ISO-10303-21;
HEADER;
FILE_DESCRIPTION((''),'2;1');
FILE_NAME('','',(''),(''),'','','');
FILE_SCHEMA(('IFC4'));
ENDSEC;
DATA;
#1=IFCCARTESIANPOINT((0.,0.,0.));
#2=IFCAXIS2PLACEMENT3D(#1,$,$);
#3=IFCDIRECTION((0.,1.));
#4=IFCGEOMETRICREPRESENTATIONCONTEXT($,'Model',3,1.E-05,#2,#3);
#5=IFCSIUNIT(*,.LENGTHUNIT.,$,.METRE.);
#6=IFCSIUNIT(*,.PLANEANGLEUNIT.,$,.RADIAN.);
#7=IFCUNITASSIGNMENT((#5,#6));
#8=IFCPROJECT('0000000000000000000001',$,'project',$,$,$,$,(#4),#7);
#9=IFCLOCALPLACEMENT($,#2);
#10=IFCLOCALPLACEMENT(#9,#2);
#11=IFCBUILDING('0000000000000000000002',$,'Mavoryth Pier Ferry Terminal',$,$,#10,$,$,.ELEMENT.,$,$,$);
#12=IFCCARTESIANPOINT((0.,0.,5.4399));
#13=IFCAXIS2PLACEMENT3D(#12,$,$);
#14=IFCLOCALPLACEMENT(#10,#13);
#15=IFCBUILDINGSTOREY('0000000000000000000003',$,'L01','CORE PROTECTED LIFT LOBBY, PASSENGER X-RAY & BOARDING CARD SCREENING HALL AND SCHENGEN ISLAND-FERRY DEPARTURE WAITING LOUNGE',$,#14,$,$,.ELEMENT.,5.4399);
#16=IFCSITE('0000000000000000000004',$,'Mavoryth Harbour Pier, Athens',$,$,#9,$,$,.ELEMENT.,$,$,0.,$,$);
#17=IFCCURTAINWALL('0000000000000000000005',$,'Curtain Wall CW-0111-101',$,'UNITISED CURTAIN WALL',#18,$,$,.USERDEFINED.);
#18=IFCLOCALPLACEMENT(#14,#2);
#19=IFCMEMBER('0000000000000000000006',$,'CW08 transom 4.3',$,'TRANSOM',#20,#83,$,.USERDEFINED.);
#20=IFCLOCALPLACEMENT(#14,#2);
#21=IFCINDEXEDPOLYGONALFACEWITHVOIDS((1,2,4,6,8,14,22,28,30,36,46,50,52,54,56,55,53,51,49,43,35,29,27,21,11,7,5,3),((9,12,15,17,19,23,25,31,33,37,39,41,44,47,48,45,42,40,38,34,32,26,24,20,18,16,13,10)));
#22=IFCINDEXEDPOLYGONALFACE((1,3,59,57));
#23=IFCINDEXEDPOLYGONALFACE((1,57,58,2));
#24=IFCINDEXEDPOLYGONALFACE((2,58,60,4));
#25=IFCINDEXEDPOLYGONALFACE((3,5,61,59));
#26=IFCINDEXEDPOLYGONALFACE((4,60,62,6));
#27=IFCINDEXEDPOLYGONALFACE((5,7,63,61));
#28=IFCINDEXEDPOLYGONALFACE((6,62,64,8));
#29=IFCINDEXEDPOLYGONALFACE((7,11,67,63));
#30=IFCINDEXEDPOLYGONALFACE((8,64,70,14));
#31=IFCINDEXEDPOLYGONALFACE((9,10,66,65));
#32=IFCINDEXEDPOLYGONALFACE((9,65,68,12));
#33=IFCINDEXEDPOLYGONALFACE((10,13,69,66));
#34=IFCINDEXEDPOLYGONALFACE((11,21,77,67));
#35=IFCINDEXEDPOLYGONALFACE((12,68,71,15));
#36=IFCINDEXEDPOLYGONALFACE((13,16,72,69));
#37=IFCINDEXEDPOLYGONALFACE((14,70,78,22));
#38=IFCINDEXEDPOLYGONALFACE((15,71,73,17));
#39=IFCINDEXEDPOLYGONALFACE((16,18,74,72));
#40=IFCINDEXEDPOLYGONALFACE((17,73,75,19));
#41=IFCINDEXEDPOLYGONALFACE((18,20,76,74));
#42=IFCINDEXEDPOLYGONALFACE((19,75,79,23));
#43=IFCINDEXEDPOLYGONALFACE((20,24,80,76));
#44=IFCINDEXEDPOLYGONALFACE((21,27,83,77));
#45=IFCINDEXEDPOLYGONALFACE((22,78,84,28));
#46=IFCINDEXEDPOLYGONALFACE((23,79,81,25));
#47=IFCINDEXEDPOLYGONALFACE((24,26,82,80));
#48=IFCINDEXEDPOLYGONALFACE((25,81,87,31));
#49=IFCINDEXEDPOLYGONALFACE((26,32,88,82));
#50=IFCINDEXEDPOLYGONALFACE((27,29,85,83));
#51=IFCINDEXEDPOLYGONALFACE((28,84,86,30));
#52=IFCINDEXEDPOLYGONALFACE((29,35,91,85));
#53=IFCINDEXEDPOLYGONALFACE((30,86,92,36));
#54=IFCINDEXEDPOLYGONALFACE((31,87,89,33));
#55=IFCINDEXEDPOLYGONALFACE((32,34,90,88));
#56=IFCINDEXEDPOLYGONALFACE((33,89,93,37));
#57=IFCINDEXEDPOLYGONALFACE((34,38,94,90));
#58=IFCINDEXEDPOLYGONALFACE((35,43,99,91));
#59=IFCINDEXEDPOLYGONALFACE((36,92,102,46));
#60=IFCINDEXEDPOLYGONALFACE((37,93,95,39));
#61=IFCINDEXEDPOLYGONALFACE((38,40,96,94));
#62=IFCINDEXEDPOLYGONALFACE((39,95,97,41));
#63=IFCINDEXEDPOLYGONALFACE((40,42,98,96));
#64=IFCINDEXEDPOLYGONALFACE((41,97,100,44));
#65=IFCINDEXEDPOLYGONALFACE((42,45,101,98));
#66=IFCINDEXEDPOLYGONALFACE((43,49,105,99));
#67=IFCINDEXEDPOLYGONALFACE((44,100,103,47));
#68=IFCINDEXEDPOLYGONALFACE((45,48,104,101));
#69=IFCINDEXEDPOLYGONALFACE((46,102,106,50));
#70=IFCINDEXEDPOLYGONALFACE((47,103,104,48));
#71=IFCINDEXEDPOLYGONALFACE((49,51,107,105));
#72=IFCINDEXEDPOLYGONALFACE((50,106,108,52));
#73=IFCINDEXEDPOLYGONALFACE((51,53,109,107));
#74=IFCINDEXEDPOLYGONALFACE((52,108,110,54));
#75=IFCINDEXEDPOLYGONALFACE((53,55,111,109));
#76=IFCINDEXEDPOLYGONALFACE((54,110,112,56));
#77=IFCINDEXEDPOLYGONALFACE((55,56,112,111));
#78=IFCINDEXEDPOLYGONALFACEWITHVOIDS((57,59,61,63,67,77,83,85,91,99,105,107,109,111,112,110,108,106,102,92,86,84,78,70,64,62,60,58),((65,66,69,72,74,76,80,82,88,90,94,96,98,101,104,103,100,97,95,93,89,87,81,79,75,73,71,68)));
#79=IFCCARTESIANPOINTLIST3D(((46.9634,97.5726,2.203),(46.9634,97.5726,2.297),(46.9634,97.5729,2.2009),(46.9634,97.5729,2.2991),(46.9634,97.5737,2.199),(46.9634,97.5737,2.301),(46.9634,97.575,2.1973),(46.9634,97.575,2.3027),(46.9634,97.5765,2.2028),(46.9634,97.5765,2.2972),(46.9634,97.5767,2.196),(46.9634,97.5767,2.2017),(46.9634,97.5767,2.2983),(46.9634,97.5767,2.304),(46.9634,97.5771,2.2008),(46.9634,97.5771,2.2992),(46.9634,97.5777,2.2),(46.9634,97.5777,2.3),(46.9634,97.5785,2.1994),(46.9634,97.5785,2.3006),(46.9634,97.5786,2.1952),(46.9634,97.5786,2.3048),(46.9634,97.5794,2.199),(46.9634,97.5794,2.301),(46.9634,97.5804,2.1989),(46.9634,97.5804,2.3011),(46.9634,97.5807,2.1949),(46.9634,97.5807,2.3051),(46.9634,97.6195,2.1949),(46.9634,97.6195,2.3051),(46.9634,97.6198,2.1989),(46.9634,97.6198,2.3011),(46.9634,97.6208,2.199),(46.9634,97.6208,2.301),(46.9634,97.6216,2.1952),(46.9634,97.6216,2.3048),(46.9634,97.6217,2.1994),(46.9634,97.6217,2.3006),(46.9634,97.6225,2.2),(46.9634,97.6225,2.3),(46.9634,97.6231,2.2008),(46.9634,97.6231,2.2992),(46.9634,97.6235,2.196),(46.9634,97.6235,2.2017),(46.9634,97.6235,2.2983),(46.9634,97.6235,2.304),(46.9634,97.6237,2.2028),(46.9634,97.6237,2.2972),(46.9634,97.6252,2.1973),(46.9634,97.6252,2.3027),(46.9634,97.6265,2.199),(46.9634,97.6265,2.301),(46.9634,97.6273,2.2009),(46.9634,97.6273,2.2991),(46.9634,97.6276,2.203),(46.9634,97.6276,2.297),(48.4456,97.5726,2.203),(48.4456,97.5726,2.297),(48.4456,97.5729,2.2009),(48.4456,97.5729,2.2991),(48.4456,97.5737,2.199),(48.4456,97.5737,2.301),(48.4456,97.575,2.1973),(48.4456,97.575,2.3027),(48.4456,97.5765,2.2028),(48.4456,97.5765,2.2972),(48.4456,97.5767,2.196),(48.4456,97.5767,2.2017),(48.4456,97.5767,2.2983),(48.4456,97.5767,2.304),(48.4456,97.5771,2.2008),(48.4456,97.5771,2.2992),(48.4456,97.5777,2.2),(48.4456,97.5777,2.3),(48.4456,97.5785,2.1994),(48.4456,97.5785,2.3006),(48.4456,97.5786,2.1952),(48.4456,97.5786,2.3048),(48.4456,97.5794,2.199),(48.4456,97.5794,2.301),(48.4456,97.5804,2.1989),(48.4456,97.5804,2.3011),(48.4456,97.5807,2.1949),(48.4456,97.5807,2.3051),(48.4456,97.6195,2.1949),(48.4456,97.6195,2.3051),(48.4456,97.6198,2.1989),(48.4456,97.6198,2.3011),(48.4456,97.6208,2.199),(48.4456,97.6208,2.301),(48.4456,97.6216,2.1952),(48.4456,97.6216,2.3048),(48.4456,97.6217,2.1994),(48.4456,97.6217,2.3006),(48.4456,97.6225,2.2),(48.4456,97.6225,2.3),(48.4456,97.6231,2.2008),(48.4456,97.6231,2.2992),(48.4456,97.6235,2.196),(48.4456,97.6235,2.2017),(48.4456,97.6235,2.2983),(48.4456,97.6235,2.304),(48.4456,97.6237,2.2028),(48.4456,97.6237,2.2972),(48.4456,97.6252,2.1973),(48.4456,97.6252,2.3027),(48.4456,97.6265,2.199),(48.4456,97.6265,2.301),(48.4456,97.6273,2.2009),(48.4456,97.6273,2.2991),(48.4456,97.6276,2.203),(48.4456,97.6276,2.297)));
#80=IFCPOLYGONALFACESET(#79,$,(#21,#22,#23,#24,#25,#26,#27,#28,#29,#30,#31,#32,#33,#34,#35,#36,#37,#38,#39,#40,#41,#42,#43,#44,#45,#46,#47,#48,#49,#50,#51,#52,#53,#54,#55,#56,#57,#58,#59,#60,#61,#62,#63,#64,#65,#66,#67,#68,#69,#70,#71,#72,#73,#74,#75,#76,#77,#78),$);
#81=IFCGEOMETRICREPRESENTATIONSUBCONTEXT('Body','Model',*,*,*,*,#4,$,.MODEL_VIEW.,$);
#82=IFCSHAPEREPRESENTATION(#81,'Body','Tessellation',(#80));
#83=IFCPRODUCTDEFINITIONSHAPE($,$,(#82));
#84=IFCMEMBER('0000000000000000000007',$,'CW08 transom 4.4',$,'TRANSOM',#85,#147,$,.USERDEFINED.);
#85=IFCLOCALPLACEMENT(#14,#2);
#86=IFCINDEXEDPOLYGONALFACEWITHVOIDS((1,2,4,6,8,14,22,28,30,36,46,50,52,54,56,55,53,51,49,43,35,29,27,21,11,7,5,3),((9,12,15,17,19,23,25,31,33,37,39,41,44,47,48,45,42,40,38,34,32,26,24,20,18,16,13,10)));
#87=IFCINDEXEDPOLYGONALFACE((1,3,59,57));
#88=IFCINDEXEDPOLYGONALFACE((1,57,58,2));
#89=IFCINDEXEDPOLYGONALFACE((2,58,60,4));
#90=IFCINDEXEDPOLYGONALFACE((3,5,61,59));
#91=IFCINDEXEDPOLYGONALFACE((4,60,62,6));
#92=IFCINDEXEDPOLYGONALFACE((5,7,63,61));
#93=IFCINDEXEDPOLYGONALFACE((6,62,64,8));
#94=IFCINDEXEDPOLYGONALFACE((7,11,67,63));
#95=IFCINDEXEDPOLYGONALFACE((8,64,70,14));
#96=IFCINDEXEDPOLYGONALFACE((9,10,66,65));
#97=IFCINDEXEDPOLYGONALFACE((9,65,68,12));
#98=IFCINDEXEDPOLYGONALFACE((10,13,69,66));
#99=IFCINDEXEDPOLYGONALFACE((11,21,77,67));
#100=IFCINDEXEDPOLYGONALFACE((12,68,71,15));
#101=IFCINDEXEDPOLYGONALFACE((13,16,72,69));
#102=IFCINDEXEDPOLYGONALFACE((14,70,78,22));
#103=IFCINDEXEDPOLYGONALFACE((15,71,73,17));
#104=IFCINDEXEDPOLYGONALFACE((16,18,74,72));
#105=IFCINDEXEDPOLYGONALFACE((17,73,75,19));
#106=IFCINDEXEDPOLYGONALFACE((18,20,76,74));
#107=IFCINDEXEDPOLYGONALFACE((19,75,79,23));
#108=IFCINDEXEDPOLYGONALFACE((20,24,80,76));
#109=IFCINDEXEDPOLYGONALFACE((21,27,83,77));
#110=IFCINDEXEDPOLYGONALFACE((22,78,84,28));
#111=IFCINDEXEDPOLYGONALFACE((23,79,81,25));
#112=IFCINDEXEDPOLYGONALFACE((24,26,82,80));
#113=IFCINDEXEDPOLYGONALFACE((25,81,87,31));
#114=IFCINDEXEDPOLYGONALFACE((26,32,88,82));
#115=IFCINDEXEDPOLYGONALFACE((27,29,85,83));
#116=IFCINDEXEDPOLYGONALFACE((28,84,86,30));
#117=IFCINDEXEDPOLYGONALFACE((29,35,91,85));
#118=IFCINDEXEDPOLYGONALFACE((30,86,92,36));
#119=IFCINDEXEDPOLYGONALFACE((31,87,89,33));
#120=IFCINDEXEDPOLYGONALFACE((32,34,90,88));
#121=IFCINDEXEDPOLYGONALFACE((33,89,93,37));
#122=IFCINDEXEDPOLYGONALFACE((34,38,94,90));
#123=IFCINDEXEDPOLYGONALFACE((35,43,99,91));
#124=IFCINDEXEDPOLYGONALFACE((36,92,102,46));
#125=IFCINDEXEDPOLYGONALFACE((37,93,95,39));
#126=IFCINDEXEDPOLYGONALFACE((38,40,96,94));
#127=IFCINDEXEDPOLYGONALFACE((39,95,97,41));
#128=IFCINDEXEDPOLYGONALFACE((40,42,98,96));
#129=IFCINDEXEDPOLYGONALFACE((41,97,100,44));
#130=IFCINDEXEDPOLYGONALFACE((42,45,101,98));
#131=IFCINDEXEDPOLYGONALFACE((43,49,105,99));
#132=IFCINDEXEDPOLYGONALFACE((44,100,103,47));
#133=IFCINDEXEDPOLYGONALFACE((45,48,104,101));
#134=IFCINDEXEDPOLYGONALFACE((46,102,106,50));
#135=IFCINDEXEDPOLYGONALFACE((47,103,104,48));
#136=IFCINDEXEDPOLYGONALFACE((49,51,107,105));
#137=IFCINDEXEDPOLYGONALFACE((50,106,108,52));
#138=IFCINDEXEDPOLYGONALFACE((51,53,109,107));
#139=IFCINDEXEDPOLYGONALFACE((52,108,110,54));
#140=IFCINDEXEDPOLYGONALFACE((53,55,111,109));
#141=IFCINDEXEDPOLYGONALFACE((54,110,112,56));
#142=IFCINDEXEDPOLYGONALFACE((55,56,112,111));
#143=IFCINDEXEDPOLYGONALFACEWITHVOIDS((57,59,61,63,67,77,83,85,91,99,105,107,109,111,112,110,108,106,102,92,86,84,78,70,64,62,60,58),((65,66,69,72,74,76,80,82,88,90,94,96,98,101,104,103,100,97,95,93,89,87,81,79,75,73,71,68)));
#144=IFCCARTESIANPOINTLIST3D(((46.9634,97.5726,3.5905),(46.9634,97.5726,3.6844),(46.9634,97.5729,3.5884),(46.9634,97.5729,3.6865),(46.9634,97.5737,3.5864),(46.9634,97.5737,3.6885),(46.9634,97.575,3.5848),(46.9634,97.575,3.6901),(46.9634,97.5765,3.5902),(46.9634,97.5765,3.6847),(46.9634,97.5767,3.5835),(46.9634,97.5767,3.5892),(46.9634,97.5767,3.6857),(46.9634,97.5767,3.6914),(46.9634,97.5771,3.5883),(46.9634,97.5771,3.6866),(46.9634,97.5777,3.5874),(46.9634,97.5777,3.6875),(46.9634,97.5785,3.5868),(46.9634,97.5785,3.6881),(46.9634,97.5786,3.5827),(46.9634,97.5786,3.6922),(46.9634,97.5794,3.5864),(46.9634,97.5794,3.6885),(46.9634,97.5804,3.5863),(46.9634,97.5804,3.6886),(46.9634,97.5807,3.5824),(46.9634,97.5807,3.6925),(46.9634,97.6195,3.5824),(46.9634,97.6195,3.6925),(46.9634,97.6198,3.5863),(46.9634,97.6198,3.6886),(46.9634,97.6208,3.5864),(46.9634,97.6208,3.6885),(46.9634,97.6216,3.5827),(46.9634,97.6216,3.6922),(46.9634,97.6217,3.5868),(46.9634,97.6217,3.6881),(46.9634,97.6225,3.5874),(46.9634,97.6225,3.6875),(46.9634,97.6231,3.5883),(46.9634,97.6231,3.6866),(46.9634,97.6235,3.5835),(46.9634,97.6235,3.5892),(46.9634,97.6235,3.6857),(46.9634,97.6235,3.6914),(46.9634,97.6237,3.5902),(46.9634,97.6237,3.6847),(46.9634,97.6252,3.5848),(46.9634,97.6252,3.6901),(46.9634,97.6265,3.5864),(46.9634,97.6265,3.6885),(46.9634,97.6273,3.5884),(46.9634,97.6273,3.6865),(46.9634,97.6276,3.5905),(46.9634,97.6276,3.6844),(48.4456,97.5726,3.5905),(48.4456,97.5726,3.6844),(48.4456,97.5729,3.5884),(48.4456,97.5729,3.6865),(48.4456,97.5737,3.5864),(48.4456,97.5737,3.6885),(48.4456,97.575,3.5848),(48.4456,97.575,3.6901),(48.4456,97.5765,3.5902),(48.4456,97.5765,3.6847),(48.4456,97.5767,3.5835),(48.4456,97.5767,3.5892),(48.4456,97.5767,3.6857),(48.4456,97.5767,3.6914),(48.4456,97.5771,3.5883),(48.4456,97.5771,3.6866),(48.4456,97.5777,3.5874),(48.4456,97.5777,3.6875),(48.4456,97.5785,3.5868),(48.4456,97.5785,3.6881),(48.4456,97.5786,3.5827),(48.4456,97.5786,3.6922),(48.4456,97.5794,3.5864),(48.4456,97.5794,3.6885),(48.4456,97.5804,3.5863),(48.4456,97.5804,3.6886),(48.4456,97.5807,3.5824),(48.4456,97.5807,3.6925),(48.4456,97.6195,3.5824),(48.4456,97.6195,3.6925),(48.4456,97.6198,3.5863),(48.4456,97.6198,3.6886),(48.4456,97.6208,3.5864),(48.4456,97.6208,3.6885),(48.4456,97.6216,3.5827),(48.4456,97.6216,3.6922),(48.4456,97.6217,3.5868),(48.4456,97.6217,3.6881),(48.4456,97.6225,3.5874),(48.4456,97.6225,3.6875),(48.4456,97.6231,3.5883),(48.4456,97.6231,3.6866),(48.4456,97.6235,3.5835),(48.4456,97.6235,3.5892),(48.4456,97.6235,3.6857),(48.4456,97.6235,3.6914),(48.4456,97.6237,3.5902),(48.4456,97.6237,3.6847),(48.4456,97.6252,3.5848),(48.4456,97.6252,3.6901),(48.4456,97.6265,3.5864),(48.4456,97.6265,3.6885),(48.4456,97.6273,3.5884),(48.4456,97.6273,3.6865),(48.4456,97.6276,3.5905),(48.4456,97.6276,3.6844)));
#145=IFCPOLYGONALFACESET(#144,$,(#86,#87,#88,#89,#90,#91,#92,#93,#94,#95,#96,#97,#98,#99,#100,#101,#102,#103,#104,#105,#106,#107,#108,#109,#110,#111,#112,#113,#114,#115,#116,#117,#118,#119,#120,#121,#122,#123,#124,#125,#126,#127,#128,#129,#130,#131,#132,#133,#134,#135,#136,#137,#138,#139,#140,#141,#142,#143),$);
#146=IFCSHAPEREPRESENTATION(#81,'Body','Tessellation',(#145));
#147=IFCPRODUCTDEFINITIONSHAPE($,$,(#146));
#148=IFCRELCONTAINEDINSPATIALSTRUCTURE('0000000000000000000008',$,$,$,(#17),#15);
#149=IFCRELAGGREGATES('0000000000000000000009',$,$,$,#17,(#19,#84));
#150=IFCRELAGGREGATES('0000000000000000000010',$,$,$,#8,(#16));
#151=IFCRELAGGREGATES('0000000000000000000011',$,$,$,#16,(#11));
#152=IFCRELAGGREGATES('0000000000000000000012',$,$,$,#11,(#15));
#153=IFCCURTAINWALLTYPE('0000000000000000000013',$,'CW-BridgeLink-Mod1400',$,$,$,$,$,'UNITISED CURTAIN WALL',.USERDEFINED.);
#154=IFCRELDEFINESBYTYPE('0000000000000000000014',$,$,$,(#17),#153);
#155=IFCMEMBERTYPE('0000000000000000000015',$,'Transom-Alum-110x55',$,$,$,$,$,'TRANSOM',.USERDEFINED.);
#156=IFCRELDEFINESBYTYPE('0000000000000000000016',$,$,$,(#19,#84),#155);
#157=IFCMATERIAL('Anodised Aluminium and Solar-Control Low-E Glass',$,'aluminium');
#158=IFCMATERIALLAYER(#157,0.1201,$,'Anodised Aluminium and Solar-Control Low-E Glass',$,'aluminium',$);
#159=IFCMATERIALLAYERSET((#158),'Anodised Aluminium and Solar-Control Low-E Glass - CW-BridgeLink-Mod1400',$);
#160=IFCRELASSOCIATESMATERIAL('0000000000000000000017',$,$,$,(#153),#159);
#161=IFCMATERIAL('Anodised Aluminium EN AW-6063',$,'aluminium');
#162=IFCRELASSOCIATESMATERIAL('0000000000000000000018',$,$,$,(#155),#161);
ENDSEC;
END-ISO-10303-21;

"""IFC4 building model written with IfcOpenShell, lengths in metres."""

from ifc_helpers import new_model, si_unit, direction, frame, origin, origin_2d, place, context, subcontext, project, spatial, hollow_rectangle, extrude, material, layer, layer_set, material_profile, profile_set, type_object, element, aggregate, save


model = new_model("IFC4")

# Units and contexts
model_context = context("Model", 3, precision=1e-05, world=origin(), true_north=direction((0.0, 1.0)))
body_context = subcontext(model_context, "Body", "Model", "MODEL_VIEW")
ifc_project = project(units=[si_unit("LENGTHUNIT", "METRE"), si_unit("PLANEANGLEUNIT", "RADIAN")], contexts=[model_context])

# Site, building, storey
site_placement = place(None, origin())
site = spatial("IfcSite", under=ifc_project, at=site_placement, Name="Mavoryth Harbour Pier, Athens", CompositionType="ELEMENT", RefElevation=0.0)
building_placement = place(site_placement, origin())
building = spatial("IfcBuilding", under=site, at=building_placement, Name="Mavoryth Pier Ferry Terminal", CompositionType="ELEMENT")
storey_placement = place(building_placement, frame((0.0, 0.0, 5.4399)))
storey = spatial("IfcBuildingStorey", under=building, at=storey_placement, Name="L01", Description="CORE PROTECTED LIFT LOBBY, PASSENGER X-RAY & BOARDING CARD SCREENING HALL AND SCHENGEN ISLAND-FERRY DEPARTURE WAITING LOUNGE", CompositionType="ELEMENT", Elevation=5.4399)

# Curtain wall
ifc_material_1 = material(Name="Anodised Aluminium and Solar-Control Low-E Glass", Category="aluminium")
ifc_layer_1 = layer(ifc_material_1, 0.1201, Name="Anodised Aluminium and Solar-Control Low-E Glass", Category="aluminium")
ifc_layer_set_1 = layer_set([ifc_layer_1], Name="Anodised Aluminium and Solar-Control Low-E Glass - CW-BridgeLink-Mod1400")
curtain_wall_type_1 = type_object("IfcCurtainWallType", Name="CW-BridgeLink-Mod1400", ElementType="UNITISED CURTAIN WALL", PredefinedType="USERDEFINED", material=ifc_layer_set_1)
curtain_wall_1_placement = place(storey_placement, origin())
curtain_wall_1 = element("IfcCurtainWall", 1, at=curtain_wall_1_placement, inside=storey, type_object=curtain_wall_type_1, Name="Curtain Wall CW-0111-101", ObjectType="UNITISED CURTAIN WALL", PredefinedType="USERDEFINED")
ifc_material_2 = material(Name="Anodised Aluminium EN AW-6063", Category="aluminium")

# Members
ifc_material_profile_1 = material_profile(ifc_material_2, hollow_rectangle(XDim=0.0549, YDim=0.1101, WallThickness=0.0039, InnerFilletRadius=0.0039, OuterFilletRadius=0.0081, at=origin_2d()), Name="AL-TRAN 110x55x4", Category="aluminium")
ifc_profile_set_1 = profile_set([ifc_material_profile_1], Name="Anodised Aluminium EN AW-6063 - AL-TRAN 110x55x4")
member_type_1 = type_object("IfcMemberType", Name="Transom-Alum-110x55", ElementType="TRANSOM", PredefinedType="USERDEFINED", material=ifc_profile_set_1)
member_1_placement = place(storey_placement, frame((46.9634, 97.6001, 2.25), z_axis=(1.0, 0.0, 0.0), x_axis=(0.0, 1.0, 0.0)))
member_1 = element("IfcMember", 2, at=member_1_placement, type_object=member_type_1, Name="CW08 transom 4.3", ObjectType="TRANSOM", PredefinedType="USERDEFINED", context=body_context, shape_type="SweptSolid", body=[
    extrude(hollow_rectangle(XDim=0.0549, YDim=0.1101, WallThickness=0.0039, InnerFilletRadius=0.0039, OuterFilletRadius=0.0081, at=origin_2d()), origin(), (0.0, 0.0, 1.0), 1.4822),
])
member_2_placement = place(storey_placement, frame((46.9634, 97.6001, 3.6375), z_axis=(1.0, 0.0, 0.0), x_axis=(0.0, 1.0, 0.0)))
member_2 = element("IfcMember", 3, at=member_2_placement, type_object=member_type_1, Name="CW08 transom 4.4", ObjectType="TRANSOM", PredefinedType="USERDEFINED", context=body_context, shape_type="SweptSolid", body=[
    extrude(hollow_rectangle(XDim=0.0549, YDim=0.1101, WallThickness=0.0039, InnerFilletRadius=0.0039, OuterFilletRadius=0.0081, at=origin_2d()), origin(), (0.0, 0.0, 1.0), 1.4822),
])

aggregate(curtain_wall_1, [member_1, member_2])

save(model, "model.ifc")
